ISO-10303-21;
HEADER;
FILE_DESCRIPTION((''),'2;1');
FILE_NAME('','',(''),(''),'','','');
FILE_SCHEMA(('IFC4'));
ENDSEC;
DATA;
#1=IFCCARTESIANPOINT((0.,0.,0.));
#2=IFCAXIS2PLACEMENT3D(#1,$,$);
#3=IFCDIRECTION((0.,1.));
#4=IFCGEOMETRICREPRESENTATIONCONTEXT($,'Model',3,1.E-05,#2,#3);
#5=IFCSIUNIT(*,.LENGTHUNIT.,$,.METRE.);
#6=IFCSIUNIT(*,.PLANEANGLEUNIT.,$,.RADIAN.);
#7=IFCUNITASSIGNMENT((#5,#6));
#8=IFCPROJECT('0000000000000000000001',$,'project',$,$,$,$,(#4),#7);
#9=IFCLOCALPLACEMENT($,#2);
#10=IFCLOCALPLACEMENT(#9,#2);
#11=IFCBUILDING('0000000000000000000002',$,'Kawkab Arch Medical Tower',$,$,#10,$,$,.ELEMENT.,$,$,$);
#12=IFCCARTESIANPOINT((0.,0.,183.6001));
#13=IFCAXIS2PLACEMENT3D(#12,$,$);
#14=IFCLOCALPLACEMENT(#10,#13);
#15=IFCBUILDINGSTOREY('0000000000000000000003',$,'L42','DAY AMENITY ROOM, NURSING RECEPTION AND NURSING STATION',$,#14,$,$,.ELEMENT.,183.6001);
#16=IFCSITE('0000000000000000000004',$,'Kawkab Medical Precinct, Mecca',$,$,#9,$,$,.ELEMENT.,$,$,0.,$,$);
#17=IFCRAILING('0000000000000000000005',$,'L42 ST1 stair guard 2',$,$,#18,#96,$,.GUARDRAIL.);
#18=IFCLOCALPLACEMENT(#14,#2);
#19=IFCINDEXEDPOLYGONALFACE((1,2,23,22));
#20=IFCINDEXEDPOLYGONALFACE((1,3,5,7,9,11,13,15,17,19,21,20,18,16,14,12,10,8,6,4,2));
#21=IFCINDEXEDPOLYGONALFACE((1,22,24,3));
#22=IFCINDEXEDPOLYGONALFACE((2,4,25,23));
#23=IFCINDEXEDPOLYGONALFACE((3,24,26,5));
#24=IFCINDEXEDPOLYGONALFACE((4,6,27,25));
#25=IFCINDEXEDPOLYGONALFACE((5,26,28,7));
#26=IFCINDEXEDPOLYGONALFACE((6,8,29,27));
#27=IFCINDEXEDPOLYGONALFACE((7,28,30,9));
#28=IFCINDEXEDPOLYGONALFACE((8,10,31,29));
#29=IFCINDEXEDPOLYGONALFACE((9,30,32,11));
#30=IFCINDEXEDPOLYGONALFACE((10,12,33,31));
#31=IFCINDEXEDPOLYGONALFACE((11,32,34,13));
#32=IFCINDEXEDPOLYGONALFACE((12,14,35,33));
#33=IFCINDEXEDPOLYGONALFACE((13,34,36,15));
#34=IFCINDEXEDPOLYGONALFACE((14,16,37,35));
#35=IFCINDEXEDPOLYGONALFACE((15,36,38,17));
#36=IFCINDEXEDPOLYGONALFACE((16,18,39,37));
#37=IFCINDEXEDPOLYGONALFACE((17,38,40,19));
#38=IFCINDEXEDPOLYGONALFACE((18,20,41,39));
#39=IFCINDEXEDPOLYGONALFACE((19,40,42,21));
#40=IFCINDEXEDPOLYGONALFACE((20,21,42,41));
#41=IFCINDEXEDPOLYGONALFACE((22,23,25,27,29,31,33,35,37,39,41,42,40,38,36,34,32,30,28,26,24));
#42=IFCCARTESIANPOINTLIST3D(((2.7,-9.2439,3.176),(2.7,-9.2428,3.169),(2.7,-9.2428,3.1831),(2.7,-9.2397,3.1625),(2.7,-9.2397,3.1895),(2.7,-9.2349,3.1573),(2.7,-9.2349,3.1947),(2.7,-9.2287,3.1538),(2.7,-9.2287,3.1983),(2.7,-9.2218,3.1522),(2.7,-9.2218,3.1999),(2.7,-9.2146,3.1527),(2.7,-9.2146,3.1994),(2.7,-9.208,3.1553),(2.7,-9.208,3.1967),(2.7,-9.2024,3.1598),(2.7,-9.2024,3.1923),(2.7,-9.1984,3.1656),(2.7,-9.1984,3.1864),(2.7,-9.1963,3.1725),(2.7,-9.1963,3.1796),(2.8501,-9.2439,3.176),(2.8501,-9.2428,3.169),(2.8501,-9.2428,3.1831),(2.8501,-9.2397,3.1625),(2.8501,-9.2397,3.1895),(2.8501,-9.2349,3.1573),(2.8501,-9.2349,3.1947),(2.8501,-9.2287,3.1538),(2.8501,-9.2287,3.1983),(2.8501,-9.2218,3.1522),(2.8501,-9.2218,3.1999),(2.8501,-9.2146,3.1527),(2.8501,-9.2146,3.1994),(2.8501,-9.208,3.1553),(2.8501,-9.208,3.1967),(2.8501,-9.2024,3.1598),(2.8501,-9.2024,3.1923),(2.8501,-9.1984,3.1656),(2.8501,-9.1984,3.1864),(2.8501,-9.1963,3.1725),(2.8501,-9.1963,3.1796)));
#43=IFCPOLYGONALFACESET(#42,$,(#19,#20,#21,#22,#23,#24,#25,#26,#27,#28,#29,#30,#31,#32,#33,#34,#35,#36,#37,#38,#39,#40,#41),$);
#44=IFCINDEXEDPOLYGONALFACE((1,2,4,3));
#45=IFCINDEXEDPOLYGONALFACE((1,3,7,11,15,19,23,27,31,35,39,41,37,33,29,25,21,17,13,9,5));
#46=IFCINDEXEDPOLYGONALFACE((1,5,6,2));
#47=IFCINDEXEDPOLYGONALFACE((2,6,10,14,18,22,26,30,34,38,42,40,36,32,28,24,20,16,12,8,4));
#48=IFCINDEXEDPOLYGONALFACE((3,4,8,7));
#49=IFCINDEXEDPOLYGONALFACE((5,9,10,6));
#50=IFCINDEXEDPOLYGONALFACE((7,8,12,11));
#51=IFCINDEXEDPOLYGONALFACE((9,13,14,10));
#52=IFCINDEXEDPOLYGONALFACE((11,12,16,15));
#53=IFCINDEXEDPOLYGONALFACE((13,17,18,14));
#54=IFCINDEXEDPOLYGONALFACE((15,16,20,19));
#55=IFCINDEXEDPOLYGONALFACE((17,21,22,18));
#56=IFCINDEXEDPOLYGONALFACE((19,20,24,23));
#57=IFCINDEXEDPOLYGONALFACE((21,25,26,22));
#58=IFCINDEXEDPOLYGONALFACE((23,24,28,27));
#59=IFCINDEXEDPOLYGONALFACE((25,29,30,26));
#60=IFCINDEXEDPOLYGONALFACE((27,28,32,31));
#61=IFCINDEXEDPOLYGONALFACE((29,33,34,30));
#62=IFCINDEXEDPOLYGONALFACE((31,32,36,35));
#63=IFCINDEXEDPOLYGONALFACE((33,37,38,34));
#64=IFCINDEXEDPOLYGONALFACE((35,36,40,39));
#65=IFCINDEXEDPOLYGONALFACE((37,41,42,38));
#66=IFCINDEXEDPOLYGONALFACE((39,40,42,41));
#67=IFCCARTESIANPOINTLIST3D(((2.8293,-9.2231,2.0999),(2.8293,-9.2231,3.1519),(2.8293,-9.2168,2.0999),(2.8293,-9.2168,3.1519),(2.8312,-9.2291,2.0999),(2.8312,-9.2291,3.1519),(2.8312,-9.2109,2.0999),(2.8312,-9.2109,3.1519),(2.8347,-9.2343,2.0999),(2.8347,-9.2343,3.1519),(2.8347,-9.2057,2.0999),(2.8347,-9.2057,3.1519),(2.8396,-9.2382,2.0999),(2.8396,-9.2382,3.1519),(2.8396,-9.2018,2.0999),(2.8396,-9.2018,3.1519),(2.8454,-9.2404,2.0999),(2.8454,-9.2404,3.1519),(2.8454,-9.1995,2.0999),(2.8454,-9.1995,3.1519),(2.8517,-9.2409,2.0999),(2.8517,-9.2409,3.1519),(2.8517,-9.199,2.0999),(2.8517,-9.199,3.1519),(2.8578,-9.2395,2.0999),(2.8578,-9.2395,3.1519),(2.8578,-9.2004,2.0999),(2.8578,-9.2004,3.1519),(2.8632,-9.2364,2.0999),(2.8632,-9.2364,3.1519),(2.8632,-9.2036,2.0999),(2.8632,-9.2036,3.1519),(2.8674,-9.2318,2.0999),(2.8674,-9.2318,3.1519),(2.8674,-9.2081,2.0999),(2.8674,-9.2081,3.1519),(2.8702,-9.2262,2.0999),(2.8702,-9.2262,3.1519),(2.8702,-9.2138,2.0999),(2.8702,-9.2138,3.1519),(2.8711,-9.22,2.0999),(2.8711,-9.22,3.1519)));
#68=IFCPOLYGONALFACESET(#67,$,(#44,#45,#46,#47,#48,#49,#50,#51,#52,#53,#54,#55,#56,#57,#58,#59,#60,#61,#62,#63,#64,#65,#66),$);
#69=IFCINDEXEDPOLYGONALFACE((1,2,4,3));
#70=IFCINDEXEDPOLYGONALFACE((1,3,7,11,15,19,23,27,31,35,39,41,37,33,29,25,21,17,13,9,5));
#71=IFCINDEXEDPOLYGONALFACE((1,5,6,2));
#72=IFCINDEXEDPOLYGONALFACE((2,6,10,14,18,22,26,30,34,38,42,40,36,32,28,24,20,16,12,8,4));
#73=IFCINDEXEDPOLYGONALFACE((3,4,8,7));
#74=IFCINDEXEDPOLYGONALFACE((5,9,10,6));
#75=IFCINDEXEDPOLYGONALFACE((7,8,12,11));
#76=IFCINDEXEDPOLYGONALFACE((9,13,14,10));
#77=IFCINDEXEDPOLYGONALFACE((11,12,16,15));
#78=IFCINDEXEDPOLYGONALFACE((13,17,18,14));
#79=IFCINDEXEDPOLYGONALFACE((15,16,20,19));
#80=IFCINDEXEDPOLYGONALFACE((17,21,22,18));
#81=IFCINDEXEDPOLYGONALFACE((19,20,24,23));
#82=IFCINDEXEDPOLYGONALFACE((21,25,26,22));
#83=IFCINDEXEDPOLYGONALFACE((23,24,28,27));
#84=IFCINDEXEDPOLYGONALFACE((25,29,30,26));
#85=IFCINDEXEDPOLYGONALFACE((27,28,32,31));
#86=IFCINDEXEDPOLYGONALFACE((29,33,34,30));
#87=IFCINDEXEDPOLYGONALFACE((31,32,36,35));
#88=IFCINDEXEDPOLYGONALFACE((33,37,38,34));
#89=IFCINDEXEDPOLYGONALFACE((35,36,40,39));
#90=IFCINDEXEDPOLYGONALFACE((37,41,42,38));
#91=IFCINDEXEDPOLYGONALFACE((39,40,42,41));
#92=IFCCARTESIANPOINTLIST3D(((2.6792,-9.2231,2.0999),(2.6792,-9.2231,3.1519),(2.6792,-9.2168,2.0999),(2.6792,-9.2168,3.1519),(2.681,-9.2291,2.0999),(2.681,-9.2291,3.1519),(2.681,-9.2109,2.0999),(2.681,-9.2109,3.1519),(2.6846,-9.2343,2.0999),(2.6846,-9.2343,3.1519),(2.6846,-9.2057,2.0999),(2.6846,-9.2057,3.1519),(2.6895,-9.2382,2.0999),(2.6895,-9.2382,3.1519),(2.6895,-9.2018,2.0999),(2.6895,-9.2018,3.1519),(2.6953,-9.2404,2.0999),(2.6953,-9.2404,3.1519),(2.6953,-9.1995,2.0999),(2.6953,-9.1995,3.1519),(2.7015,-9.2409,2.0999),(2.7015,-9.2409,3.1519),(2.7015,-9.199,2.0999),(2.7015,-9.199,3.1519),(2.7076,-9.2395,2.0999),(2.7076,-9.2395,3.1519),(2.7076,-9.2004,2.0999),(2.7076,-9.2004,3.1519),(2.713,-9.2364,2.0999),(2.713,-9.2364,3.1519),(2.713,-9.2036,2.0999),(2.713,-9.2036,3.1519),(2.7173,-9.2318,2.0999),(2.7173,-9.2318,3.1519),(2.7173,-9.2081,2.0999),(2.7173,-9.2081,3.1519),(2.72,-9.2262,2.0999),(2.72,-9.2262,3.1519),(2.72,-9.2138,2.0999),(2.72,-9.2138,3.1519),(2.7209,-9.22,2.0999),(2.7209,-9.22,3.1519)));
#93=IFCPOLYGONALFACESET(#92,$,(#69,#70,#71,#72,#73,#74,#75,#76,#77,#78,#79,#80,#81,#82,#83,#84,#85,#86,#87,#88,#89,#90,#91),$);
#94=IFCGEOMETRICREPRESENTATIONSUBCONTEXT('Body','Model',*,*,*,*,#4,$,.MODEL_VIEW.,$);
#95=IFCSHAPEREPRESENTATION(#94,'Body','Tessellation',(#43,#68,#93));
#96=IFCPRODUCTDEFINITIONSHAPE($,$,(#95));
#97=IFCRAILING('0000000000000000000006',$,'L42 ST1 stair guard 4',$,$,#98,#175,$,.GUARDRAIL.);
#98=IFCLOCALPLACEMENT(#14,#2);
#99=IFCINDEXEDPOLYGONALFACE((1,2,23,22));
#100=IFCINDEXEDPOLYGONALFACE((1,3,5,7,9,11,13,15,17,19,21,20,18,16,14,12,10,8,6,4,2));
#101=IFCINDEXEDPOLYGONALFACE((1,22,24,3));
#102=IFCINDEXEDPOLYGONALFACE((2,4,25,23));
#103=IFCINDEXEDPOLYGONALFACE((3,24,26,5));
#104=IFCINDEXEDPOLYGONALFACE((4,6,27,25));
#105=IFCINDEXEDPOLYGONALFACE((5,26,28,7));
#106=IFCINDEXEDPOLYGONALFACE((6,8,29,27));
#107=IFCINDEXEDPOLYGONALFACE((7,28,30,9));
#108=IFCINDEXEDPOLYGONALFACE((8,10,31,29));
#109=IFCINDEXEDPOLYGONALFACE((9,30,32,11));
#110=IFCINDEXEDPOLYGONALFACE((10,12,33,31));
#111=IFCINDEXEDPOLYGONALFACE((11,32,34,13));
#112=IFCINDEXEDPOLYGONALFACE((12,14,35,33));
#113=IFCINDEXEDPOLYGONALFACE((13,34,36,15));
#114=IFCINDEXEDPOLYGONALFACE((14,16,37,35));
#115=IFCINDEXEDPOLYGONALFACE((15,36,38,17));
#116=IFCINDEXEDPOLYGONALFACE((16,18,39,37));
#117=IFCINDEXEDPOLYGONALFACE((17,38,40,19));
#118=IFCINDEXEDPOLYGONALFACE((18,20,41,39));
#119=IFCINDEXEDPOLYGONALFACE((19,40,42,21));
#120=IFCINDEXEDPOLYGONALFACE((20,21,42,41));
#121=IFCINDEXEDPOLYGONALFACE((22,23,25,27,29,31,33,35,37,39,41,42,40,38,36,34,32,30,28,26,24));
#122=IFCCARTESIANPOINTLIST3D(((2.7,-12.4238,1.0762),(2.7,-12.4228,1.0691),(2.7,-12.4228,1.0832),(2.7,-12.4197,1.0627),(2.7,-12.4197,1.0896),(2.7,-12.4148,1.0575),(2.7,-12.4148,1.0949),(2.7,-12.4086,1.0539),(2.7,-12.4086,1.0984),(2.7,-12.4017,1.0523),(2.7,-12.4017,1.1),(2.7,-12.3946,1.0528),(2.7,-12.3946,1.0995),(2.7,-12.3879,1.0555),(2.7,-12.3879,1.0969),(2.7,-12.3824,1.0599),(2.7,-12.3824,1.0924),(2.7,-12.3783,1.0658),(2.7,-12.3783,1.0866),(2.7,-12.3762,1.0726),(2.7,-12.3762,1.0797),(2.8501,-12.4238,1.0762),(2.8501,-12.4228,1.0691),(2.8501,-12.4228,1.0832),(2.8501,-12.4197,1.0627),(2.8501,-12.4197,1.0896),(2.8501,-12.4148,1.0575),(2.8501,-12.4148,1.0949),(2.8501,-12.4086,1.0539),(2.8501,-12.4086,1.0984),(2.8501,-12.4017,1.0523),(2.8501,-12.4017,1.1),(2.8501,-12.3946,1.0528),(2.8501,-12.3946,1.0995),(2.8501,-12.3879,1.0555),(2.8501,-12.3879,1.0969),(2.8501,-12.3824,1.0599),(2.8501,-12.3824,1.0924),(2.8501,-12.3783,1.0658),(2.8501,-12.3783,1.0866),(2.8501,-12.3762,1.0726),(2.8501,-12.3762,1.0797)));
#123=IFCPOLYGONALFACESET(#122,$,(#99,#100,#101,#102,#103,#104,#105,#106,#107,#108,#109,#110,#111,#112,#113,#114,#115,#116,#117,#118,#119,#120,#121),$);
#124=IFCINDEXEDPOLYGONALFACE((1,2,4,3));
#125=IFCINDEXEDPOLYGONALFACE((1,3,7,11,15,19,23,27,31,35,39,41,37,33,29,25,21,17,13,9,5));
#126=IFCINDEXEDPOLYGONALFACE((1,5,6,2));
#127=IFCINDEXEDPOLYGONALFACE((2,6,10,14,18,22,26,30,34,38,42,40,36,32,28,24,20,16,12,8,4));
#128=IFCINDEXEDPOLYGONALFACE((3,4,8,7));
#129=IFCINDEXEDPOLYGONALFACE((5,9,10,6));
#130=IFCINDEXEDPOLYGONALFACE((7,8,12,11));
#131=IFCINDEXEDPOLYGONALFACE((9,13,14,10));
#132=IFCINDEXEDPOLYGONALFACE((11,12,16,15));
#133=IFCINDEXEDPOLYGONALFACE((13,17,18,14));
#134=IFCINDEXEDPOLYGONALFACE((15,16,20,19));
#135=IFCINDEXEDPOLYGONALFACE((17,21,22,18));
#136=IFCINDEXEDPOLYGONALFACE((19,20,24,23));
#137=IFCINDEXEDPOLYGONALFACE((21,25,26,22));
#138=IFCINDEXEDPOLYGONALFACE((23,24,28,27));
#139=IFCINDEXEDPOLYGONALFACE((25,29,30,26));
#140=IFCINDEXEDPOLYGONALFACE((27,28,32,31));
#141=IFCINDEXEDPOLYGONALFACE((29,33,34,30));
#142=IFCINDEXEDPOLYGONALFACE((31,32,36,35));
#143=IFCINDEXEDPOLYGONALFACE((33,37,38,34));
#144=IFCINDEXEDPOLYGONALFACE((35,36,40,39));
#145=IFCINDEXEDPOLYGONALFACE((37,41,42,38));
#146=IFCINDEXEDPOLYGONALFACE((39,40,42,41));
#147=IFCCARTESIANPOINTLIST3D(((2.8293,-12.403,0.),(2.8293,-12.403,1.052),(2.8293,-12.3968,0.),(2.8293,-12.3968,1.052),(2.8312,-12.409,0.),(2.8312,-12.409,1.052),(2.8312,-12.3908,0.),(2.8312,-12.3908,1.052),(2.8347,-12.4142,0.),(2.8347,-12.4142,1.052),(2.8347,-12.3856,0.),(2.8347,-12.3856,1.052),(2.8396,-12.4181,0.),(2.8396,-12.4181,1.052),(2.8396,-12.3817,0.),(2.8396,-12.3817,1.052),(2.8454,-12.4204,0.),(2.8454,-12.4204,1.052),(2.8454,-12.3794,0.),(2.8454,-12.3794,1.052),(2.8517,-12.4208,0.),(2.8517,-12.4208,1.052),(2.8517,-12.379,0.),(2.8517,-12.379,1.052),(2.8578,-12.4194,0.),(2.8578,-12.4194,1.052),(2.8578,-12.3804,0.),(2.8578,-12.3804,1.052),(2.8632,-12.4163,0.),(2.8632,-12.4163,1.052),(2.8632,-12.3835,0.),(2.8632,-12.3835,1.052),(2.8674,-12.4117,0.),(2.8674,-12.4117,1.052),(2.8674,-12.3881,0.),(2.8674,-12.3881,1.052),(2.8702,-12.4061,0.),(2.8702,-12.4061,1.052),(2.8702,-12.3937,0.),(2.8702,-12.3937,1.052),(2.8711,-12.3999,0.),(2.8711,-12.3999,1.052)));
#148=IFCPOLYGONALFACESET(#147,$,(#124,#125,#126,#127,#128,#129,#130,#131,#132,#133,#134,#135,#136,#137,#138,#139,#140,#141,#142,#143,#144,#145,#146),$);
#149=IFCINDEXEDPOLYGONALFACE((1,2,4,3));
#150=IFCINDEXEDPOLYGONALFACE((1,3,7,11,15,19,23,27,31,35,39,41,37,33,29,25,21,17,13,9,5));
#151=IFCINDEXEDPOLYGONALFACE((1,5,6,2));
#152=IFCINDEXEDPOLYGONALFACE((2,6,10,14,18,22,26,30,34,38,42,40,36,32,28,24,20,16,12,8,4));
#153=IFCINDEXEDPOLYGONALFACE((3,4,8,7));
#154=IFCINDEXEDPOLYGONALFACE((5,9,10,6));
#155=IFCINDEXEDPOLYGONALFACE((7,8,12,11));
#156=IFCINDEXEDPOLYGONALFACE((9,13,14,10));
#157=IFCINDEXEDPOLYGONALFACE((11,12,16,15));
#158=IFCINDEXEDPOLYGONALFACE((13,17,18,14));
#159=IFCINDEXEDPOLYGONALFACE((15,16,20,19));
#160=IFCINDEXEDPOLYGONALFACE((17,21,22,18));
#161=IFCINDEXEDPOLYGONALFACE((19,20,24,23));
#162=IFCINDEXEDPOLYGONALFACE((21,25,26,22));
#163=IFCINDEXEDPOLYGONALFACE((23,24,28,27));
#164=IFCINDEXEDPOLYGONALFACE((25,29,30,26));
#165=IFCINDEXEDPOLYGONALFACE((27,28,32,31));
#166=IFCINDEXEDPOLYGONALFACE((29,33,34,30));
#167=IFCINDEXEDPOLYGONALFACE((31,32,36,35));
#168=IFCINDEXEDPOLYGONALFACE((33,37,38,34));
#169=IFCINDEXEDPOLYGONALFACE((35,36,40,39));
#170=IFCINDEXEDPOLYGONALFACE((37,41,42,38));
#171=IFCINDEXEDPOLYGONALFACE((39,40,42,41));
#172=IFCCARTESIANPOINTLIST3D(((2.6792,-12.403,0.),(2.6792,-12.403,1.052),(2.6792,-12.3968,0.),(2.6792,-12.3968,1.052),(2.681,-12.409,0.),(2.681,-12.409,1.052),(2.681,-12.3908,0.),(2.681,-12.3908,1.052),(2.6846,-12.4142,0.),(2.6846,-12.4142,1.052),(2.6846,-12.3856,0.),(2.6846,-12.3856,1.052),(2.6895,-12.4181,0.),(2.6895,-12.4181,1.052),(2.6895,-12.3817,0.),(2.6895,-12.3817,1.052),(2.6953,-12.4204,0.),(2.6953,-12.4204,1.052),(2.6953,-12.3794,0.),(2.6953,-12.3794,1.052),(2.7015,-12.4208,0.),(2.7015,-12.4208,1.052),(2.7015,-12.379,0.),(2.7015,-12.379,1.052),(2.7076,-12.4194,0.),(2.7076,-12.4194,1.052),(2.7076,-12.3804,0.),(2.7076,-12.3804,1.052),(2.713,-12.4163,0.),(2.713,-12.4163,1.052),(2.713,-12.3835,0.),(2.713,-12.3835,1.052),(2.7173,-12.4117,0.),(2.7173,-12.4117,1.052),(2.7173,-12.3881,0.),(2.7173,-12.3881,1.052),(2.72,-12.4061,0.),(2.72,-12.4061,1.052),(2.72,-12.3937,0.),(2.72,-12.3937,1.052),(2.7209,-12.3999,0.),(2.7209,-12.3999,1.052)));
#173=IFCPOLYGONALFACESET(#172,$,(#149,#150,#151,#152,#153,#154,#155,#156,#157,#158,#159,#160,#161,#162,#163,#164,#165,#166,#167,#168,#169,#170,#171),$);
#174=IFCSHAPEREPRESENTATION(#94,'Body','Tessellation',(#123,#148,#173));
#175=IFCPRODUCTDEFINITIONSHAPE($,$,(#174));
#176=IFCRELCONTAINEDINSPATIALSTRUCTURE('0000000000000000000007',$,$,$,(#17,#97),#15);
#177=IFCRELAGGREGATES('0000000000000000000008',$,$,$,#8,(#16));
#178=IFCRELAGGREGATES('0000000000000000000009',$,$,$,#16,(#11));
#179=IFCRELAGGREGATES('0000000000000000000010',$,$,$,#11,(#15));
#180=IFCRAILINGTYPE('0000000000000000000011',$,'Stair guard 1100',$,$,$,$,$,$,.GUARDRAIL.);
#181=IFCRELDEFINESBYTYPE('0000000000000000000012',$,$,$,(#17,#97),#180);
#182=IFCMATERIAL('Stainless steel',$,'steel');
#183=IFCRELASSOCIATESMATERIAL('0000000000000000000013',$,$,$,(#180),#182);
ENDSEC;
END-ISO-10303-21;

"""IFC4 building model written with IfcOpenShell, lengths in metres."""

from ifc_helpers import new_model, si_unit, direction, frame, origin, origin_2d, place, context, subcontext, project, spatial, circle, extrude, material, type_object, element, save


model = new_model("IFC4")

# Units and contexts
model_context = context("Model", 3, precision=1e-05, world=origin(), true_north=direction((0.0, 1.0)))
body_context = subcontext(model_context, "Body", "Model", "MODEL_VIEW")
ifc_project = project(units=[si_unit("LENGTHUNIT", "METRE"), si_unit("PLANEANGLEUNIT", "RADIAN")], contexts=[model_context])

# Site, building, storey
site_placement = place(None, origin())
site = spatial("IfcSite", under=ifc_project, at=site_placement, Name="Kawkab Medical Precinct, Mecca", CompositionType="ELEMENT", RefElevation=0.0)
building_placement = place(site_placement, origin())
building = spatial("IfcBuilding", under=site, at=building_placement, Name="Kawkab Arch Medical Tower", CompositionType="ELEMENT")
storey_placement = place(building_placement, frame((0.0, 0.0, 183.6001)))
storey = spatial("IfcBuildingStorey", under=building, at=storey_placement, Name="L42", Description="DAY AMENITY ROOM, NURSING RECEPTION AND NURSING STATION", CompositionType="ELEMENT", Elevation=183.6001)

# Railings
ifc_material_1 = material(Name="Stainless steel", Category="steel")
railing_type = type_object("IfcRailingType", Name="Stair guard 1100", PredefinedType="GUARDRAIL", material=ifc_material_1)
for number, where, name in (
    (1, (2.8501, -9.22, 2.0999), "L42 ST1 stair guard 2"),
    (2, (2.8501, -12.3999, 0.0), "L42 ST1 stair guard 4"),
):
    element("IfcRailing", number, at=place(storey_placement, frame(where)), inside=storey, type_object=railing_type, Name=name, PredefinedType="GUARDRAIL", context=body_context, shape_type="SweptSolid", body=[
        extrude(circle(Radius=0.0239, at=origin_2d()), frame((0.0, 0.0, 1.0762), z_axis=(-1.0, 0.0, 0.0), x_axis=(0.0, -1.0, 0.0)), (0.0, 0.0, 1.0), 0.1501),
        extrude(circle(Radius=0.021, at=origin_2d()), origin(), (0.0, 0.0, 1.0), 1.052),
        extrude(circle(Radius=0.021, at=origin_2d()), frame((-0.1501, 0.0, 0.0)), (0.0, 0.0, 1.0), 1.052),
    ])

save(model, "model.ifc")
